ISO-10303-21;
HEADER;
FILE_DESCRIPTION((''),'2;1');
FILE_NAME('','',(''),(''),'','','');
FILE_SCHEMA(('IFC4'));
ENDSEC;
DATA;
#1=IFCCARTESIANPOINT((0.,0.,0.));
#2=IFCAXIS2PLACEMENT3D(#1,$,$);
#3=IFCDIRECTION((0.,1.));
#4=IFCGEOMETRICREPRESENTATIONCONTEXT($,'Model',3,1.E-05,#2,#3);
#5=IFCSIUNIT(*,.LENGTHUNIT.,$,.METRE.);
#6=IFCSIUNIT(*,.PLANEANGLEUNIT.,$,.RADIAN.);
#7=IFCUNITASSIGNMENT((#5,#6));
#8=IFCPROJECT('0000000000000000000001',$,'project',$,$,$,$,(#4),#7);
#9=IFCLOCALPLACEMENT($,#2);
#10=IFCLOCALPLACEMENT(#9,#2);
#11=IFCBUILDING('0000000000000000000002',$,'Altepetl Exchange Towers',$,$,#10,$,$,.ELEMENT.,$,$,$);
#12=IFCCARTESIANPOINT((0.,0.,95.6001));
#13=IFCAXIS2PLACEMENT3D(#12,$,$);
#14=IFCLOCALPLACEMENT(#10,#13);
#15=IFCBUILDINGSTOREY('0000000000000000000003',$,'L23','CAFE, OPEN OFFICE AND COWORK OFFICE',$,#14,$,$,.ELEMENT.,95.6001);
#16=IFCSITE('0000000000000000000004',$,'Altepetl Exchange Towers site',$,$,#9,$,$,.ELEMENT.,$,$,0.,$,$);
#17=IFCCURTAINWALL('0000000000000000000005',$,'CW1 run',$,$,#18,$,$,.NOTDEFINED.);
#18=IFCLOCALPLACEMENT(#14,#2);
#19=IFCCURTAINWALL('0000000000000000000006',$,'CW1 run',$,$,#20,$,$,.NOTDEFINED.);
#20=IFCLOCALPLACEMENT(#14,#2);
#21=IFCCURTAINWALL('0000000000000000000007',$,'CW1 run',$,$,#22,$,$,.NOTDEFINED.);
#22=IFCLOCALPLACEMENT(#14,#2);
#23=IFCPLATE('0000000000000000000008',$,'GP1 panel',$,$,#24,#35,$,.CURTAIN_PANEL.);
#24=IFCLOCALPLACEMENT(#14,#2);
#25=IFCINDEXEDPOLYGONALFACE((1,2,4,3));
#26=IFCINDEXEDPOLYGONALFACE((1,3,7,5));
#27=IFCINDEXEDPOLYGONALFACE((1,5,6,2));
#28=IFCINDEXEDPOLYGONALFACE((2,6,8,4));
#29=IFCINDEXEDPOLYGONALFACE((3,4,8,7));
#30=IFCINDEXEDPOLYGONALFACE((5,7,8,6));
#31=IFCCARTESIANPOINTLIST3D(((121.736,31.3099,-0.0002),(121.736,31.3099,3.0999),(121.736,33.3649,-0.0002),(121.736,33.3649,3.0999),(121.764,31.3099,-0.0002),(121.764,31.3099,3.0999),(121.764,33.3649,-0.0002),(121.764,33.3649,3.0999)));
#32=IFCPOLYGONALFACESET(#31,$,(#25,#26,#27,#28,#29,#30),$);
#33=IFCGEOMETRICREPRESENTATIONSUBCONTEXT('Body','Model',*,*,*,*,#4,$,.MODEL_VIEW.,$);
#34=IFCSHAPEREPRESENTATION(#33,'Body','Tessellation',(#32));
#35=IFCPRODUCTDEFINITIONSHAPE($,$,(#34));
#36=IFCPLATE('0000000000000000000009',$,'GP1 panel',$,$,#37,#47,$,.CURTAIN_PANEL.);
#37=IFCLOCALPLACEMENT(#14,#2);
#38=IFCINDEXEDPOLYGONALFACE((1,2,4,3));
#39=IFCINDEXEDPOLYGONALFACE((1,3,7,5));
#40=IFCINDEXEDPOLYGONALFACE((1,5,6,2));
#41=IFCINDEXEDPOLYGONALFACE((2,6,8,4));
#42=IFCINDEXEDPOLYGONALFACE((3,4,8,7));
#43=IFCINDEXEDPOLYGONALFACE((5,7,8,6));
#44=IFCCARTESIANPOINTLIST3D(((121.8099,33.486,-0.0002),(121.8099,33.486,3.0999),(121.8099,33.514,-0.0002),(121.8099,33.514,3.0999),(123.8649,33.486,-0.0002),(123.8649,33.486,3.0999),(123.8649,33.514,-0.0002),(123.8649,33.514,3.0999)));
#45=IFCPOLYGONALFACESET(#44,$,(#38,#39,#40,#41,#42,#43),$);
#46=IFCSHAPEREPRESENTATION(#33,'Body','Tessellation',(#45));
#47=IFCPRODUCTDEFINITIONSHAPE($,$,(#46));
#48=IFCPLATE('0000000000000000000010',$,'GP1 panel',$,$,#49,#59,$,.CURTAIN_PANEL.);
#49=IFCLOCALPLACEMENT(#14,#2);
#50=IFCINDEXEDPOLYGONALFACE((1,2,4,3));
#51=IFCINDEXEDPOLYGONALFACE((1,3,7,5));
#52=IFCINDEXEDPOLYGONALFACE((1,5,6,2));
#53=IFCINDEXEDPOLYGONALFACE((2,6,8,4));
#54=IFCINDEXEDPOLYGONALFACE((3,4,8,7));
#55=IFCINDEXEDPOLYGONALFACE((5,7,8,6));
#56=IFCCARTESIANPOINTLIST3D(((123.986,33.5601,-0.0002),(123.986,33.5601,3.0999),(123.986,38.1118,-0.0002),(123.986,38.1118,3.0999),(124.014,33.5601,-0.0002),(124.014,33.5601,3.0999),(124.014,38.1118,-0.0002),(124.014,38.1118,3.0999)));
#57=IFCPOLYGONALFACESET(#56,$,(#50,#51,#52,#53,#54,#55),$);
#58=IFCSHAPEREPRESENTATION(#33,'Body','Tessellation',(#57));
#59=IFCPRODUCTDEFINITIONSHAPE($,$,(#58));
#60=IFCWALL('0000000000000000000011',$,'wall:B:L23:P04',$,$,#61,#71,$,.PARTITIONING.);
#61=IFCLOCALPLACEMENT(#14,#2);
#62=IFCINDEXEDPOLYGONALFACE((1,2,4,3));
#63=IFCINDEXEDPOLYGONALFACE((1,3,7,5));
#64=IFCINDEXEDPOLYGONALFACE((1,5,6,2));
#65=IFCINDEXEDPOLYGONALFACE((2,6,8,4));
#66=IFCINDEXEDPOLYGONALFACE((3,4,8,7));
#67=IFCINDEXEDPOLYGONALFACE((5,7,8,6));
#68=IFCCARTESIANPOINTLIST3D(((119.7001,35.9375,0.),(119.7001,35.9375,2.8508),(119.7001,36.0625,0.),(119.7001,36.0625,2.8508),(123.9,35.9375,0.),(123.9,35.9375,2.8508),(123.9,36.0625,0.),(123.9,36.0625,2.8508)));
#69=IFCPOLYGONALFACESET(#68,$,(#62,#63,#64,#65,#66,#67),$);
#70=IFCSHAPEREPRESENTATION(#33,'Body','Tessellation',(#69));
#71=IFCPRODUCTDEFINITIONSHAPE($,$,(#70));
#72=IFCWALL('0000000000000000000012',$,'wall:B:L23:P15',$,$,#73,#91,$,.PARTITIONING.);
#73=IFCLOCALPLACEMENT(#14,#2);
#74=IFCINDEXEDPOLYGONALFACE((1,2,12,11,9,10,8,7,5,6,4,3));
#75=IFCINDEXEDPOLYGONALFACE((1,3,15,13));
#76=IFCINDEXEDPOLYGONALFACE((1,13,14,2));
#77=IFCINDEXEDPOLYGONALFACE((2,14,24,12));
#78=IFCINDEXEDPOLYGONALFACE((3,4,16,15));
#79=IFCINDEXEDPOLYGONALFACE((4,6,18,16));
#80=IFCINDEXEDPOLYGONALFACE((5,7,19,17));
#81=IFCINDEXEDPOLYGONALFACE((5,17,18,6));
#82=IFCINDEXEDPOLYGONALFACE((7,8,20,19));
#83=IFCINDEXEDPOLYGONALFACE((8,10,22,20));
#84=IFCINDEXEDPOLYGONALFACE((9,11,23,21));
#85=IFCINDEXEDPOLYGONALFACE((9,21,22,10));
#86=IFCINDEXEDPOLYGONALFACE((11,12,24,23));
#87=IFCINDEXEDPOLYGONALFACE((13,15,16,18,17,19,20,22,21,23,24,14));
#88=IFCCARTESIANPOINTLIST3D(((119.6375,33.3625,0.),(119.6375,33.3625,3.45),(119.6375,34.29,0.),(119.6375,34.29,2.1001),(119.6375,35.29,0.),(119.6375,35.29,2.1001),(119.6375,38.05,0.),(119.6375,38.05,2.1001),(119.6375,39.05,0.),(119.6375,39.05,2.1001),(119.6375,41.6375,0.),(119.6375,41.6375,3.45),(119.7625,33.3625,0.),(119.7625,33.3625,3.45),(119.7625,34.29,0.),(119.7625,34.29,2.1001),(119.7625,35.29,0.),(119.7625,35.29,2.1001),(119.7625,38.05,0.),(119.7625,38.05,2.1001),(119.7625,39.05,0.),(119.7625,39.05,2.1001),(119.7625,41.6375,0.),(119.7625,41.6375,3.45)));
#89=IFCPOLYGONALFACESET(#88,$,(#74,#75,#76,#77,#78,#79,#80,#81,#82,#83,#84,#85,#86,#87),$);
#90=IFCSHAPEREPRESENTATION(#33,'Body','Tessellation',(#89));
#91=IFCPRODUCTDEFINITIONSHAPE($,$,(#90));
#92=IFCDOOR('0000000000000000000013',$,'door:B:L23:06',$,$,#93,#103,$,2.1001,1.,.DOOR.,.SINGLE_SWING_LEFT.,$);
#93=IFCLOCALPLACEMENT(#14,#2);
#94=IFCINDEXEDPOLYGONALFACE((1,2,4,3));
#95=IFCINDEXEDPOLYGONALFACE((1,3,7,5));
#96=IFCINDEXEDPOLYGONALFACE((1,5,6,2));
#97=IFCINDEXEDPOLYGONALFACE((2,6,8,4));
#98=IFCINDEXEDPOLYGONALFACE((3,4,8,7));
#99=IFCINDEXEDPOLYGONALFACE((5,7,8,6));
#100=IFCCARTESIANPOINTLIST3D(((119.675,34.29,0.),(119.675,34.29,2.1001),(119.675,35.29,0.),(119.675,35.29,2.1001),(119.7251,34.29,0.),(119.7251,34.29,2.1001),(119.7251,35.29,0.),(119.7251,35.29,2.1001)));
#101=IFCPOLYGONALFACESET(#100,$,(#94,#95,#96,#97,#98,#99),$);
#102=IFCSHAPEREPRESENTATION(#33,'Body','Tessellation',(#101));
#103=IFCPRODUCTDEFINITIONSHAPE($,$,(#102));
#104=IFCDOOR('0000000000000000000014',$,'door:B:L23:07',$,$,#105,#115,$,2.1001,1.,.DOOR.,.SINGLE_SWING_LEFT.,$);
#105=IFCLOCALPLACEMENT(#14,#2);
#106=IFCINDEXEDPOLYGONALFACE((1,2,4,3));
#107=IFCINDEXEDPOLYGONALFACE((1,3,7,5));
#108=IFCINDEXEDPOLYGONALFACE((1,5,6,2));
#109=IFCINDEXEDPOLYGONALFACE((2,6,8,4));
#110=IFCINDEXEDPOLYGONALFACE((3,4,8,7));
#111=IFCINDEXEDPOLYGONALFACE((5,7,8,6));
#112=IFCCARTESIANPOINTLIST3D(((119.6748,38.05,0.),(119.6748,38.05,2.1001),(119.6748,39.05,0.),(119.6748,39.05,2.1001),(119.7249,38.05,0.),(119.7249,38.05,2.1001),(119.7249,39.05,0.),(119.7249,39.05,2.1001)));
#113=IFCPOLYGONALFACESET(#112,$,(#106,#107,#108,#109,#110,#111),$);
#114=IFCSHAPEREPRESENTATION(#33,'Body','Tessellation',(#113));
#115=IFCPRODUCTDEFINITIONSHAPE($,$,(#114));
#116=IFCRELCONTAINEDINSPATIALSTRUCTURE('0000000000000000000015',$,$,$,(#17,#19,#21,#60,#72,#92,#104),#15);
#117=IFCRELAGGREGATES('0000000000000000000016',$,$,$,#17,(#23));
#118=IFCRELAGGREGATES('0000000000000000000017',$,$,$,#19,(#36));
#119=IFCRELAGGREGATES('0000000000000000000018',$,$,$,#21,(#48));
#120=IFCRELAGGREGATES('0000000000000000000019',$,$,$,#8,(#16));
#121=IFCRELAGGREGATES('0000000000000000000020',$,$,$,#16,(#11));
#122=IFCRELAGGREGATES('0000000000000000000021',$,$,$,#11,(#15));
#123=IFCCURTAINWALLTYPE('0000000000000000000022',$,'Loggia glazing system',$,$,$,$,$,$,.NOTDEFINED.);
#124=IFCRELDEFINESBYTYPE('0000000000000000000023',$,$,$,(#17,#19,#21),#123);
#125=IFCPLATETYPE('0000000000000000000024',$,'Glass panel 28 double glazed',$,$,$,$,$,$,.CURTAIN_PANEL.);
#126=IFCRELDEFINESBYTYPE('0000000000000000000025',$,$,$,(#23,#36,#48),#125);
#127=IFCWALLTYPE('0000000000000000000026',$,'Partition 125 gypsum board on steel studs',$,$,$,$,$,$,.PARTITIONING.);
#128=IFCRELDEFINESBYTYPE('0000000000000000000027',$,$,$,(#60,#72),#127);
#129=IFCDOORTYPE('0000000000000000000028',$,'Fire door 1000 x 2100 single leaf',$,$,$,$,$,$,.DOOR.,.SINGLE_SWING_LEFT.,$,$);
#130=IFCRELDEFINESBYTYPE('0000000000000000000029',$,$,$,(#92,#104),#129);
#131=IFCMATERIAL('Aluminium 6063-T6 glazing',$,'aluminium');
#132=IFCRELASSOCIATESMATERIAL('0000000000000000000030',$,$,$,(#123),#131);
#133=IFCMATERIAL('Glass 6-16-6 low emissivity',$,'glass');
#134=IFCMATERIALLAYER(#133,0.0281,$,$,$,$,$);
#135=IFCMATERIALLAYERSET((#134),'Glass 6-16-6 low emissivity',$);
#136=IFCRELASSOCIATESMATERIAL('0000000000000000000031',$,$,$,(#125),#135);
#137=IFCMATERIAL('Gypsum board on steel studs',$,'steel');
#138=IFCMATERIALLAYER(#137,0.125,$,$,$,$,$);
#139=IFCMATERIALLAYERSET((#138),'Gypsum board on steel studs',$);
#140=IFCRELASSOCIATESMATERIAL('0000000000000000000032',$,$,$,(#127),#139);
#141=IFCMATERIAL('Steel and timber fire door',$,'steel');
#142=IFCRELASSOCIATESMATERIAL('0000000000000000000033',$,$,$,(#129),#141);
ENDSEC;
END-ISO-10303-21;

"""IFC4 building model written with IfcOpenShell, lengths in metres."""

from ifc_helpers import new_model, si_unit, direction, frame, frame_2d, origin, origin_2d, place, context, subcontext, project, spatial, rectangle, extrude, material, layer, layer_set, type_object, element, fill, aggregate, save


model = new_model("IFC4")

# Units and contexts
model_context = context("Model", 3, precision=1e-05, world=origin(), true_north=direction((0.0, 1.0)))
body_context = subcontext(model_context, "Body", "Model", "MODEL_VIEW")
ifc_project = project(units=[si_unit("LENGTHUNIT", "METRE"), si_unit("PLANEANGLEUNIT", "RADIAN")], contexts=[model_context])

# Site, building, storey
site_placement = place(None, origin())
site = spatial("IfcSite", under=ifc_project, at=site_placement, Name="Altepetl Exchange Towers site", CompositionType="ELEMENT", RefElevation=0.0)
building_placement = place(site_placement, origin())
building = spatial("IfcBuilding", under=site, at=building_placement, Name="Altepetl Exchange Towers", CompositionType="ELEMENT")
storey_placement = place(building_placement, frame((0.0, 0.0, 95.6001)))
storey = spatial("IfcBuildingStorey", under=building, at=storey_placement, Name="L23", Description="CAFE, OPEN OFFICE AND COWORK OFFICE", CompositionType="ELEMENT", Elevation=95.6001)

# Shared definitions
ifc_material_1 = material(Name="Aluminium 6063-T6 glazing", Category="aluminium")
curtain_wall_type = type_object("IfcCurtainWallType", Name="Loggia glazing system", PredefinedType="NOTDEFINED", material=ifc_material_1)

# Curtain walls
curtain_wall_1_placement = place(storey_placement, origin())
curtain_wall_1 = element("IfcCurtainWall", 1, at=curtain_wall_1_placement, inside=storey, type_object=curtain_wall_type, Name="CW1 run", PredefinedType="NOTDEFINED")
curtain_wall_2_placement = place(storey_placement, origin())
curtain_wall_2 = element("IfcCurtainWall", 2, at=curtain_wall_2_placement, inside=storey, type_object=curtain_wall_type, Name="CW1 run", PredefinedType="NOTDEFINED")

# Curtain wall
curtain_wall_3_placement = place(storey_placement, origin())
curtain_wall_3 = element("IfcCurtainWall", 3, at=curtain_wall_3_placement, inside=storey, type_object=curtain_wall_type, Name="CW1 run", PredefinedType="NOTDEFINED")

# Plates
ifc_material_2 = material(Name="Glass 6-16-6 low emissivity", Category="glass")
ifc_layer_1 = layer(ifc_material_2, 0.0281)
ifc_layer_set_1 = layer_set([ifc_layer_1], Name="Glass 6-16-6 low emissivity")
plate_type = type_object("IfcPlateType", Name="Glass panel 28 double glazed", PredefinedType="CURTAIN_PANEL", material=ifc_layer_set_1)
plate_1_placement = place(storey_placement, frame((121.75, 32.3374, -0.0002), z_axis=(0.0, 0.0, 1.0), x_axis=(0.0, 1.0, 0.0)))
plate_1 = element("IfcPlate", 4, at=plate_1_placement, type_object=plate_type, Name="GP1 panel", PredefinedType="CURTAIN_PANEL", context=body_context, shape_type="SweptSolid", body=[
    extrude(rectangle(XDim=2.0549, YDim=0.0281, at=origin_2d()), origin(), (0.0, 0.0, 1.0), 3.1001),
])
aggregate(curtain_wall_1, [plate_1])
plate_2_placement = place(storey_placement, frame((122.8374, 33.5, -0.0002)))
plate_2 = element("IfcPlate", 5, at=plate_2_placement, type_object=plate_type, Name="GP1 panel", PredefinedType="CURTAIN_PANEL", context=body_context, shape_type="SweptSolid", body=[
    extrude(rectangle(XDim=2.0549, YDim=0.0281, at=origin_2d()), origin(), (0.0, 0.0, 1.0), 3.1001),
])
aggregate(curtain_wall_2, [plate_2])
plate_3_placement = place(storey_placement, frame((124.0, 35.8359, -0.0002), z_axis=(0.0, 0.0, 1.0), x_axis=(0.0, 1.0, 0.0)))
plate_3 = element("IfcPlate", 6, at=plate_3_placement, type_object=plate_type, Name="GP1 panel", PredefinedType="CURTAIN_PANEL", context=body_context, shape_type="SweptSolid", body=[
    extrude(rectangle(XDim=4.5518, YDim=0.0281, at=origin_2d()), origin(), (0.0, 0.0, 1.0), 3.1001),
])
aggregate(curtain_wall_3, [plate_3])

# Wall
ifc_material_3 = material(Name="Gypsum board on steel studs", Category="steel")
ifc_layer_2 = layer(ifc_material_3, 0.125)
ifc_layer_set_2 = layer_set([ifc_layer_2], Name="Gypsum board on steel studs")
wall_type = type_object("IfcWallType", Name="Partition 125 gypsum board on steel studs", PredefinedType="PARTITIONING", material=ifc_layer_set_2)
wall_1_placement = place(storey_placement, frame((119.7, 36.0, 0.0)))
element("IfcWall", 7, at=wall_1_placement, inside=storey, type_object=wall_type, Name="wall:B:L23:P04", PredefinedType="PARTITIONING", context=body_context, shape_type="SweptSolid", body=[
    extrude(rectangle(XDim=4.2, YDim=0.125, at=frame_2d((2.1001, 0.0))), origin(), (0.0, 0.0, 1.0), 2.8508),
])

# Wall, openings, doors
wall_2_placement = place(storey_placement, frame((119.7, 33.3625, 0.0), z_axis=(0.0, 0.0, 1.0), x_axis=(0.0, 1.0, 0.0)))
wall_2 = element("IfcWall", 8, at=wall_2_placement, inside=storey, type_object=wall_type, Name="wall:B:L23:P15", PredefinedType="PARTITIONING", context=body_context, shape_type="SweptSolid", body=[
    extrude(rectangle(XDim=8.2749, YDim=0.125, at=frame_2d((4.1375, 0.0))), origin(), (0.0, 0.0, 1.0), 3.45),
])
opening_1_placement = place(wall_2_placement, frame((0.9275, 0.0, 0.0)))
opening_1 = element("IfcOpeningElement", 9, at=opening_1_placement, cuts=wall_2, PredefinedType="OPENING", context=body_context, shape_type="SweptSolid", body=[
    extrude(rectangle(XDim=1.0, YDim=2.1001, at=frame_2d((0.5, 1.05))), frame((0.0, 0.0725, 0.0), z_axis=(0.0, -1.0, 0.0), x_axis=(1.0, 0.0, 0.0)), (0.0, 0.0, 1.0), 0.145),
])
opening_2_placement = place(wall_2_placement, frame((4.6875, 0.0, 0.0)))
opening_2 = element("IfcOpeningElement", 10, at=opening_2_placement, cuts=wall_2, PredefinedType="OPENING", context=body_context, shape_type="SweptSolid", body=[
    extrude(rectangle(XDim=1.0, YDim=2.1001, at=frame_2d((0.5, 1.05))), frame((0.0, 0.0725, 0.0), z_axis=(0.0, -1.0, 0.0), x_axis=(1.0, 0.0, 0.0)), (0.0, 0.0, 1.0), 0.145),
])
ifc_material_4 = material(Name="Steel and timber fire door", Category="steel")
door_type = type_object("IfcDoorType", Name="Fire door 1000 x 2100 single leaf", OperationType="SINGLE_SWING_LEFT", PredefinedType="DOOR", material=ifc_material_4)
door_1_placement = place(opening_1_placement, origin())
door_1 = element("IfcDoor", 11, at=door_1_placement, inside=storey, type_object=door_type, Name="door:B:L23:06", OperationType="SINGLE_SWING_LEFT", OverallHeight=2.1001, OverallWidth=1.0, PredefinedType="DOOR", context=body_context, shape_type="SweptSolid", body=[
    extrude(rectangle(XDim=1.0, YDim=2.1001, at=frame_2d((0.5, 1.05))), frame((0.0, 0.0249, 0.0), z_axis=(0.0, -1.0, 0.0), x_axis=(1.0, 0.0, 0.0)), (0.0, 0.0, 1.0), 0.05),
])
fill(opening_1, door_1)
door_2_placement = place(opening_2_placement, frame((1.0, 0.0, 0.0), x_axis=(-1.0, 0.0, 0.0)))
door_2 = element("IfcDoor", 12, at=door_2_placement, inside=storey, type_object=door_type, Name="door:B:L23:07", OperationType="SINGLE_SWING_LEFT", OverallHeight=2.1001, OverallWidth=1.0, PredefinedType="DOOR", context=body_context, shape_type="SweptSolid", body=[
    extrude(rectangle(XDim=1.0, YDim=2.1001, at=frame_2d((0.5, 1.05))), frame((0.0, 0.0249, 0.0), z_axis=(0.0, -1.0, 0.0), x_axis=(1.0, 0.0, 0.0)), (0.0, 0.0, 1.0), 0.05),
])
fill(opening_2, door_2)

save(model, "model.ifc")
